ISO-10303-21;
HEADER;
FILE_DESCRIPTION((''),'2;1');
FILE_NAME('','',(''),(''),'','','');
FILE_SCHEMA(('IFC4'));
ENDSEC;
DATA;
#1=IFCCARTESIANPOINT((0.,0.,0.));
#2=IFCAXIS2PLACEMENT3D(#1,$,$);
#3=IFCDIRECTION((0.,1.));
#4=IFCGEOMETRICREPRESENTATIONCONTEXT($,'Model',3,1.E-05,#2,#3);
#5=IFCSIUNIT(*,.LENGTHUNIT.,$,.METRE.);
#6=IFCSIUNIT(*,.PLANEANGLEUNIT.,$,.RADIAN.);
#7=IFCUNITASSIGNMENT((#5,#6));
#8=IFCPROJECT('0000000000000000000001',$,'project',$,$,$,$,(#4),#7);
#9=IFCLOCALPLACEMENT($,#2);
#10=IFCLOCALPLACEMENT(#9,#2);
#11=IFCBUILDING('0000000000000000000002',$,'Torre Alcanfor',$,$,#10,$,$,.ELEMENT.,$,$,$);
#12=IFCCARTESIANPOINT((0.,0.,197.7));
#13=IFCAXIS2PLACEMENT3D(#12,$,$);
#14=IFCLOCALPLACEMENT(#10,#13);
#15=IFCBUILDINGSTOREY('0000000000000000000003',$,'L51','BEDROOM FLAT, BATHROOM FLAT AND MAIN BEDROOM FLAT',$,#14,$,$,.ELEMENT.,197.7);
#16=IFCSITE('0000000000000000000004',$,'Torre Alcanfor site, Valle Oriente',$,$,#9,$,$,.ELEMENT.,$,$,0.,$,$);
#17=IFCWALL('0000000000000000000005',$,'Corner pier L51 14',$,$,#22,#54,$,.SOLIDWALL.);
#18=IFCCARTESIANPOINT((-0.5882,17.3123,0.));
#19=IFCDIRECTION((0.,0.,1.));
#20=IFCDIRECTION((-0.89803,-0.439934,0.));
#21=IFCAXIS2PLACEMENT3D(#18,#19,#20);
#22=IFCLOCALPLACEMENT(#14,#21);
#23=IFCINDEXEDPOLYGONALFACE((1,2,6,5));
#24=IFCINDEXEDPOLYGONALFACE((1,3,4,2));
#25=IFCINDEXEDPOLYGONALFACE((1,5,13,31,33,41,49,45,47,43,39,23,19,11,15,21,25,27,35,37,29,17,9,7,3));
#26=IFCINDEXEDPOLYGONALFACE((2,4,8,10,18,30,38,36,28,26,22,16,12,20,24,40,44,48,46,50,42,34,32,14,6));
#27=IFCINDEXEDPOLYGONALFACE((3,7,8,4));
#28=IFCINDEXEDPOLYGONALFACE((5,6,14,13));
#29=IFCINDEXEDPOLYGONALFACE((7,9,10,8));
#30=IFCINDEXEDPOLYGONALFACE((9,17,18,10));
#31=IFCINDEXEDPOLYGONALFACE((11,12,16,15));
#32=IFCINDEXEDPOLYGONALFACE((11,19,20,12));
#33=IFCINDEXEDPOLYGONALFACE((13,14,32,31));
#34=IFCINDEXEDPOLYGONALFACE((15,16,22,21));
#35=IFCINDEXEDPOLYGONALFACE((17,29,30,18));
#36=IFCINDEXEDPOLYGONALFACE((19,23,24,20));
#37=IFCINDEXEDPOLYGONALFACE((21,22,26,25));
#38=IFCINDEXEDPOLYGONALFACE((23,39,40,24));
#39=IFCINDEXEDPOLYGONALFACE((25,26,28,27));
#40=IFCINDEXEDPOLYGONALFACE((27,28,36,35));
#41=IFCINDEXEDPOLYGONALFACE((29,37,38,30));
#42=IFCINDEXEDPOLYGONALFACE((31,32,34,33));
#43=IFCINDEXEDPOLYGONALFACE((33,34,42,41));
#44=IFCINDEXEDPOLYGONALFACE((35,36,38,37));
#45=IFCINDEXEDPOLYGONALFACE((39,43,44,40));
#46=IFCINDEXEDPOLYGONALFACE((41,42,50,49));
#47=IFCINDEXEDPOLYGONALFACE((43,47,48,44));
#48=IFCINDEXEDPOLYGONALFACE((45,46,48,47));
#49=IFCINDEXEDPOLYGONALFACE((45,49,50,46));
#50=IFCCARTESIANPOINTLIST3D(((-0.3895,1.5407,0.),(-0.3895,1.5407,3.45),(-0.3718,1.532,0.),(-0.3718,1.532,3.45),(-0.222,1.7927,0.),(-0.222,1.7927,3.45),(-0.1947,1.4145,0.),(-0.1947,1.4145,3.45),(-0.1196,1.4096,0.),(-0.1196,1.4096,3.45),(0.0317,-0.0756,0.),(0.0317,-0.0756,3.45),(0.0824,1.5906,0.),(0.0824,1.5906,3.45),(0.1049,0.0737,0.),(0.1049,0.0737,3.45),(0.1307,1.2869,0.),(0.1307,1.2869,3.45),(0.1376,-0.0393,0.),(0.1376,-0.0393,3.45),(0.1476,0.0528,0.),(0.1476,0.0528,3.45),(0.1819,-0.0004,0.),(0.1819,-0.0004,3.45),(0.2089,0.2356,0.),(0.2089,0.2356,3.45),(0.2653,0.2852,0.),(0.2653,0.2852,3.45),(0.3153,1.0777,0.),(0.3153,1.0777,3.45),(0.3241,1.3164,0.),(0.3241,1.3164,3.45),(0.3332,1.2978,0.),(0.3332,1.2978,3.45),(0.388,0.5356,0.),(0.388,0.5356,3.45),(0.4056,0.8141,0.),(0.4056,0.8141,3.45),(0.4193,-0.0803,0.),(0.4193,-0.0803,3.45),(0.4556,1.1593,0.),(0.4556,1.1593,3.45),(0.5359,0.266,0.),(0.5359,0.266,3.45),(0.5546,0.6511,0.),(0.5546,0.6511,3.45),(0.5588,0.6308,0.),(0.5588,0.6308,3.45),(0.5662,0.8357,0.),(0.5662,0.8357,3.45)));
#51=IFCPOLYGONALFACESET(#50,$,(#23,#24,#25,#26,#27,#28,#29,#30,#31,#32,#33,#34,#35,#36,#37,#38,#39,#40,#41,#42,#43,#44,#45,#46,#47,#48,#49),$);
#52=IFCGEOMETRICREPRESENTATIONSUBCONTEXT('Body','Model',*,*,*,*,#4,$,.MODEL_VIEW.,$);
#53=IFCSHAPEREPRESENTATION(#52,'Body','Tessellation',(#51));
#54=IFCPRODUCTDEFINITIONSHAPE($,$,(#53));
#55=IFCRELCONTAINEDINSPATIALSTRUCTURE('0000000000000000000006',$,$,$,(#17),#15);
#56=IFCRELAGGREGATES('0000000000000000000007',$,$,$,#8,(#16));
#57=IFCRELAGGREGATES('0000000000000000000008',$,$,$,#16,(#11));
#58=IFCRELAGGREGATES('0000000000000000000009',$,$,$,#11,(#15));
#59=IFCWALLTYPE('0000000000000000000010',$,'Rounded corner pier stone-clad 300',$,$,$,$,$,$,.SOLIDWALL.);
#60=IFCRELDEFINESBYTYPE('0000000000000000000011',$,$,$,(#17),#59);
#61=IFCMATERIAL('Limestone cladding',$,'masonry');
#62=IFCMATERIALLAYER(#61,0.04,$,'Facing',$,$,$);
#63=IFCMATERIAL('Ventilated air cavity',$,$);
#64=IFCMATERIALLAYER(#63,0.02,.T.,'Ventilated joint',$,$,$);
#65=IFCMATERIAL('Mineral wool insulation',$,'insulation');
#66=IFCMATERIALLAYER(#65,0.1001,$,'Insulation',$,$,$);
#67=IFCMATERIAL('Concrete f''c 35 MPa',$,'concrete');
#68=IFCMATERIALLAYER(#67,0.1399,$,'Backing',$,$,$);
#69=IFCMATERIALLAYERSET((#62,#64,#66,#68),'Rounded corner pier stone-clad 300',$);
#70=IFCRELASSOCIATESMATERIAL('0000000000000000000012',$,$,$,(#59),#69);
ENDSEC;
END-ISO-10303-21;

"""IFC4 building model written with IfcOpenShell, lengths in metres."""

from ifc_helpers import new_model, si_unit, direction, frame, origin, place, context, subcontext, project, spatial, polyline, outline, extrude, material, layer, layer_set, type_object, element, save


model = new_model("IFC4")

# Units and contexts
model_context = context("Model", 3, precision=1e-05, world=origin(), true_north=direction((0.0, 1.0)))
body_context = subcontext(model_context, "Body", "Model", "MODEL_VIEW")
ifc_project = project(units=[si_unit("LENGTHUNIT", "METRE"), si_unit("PLANEANGLEUNIT", "RADIAN")], contexts=[model_context])

# Site, building, storey
site_placement = place(None, origin())
site = spatial("IfcSite", under=ifc_project, at=site_placement, Name="Torre Alcanfor site, Valle Oriente", CompositionType="ELEMENT", RefElevation=0.0)
building_placement = place(site_placement, origin())
building = spatial("IfcBuilding", under=site, at=building_placement, Name="Torre Alcanfor", CompositionType="ELEMENT")
storey_placement = place(building_placement, frame((0.0, 0.0, 197.7)))
storey = spatial("IfcBuildingStorey", under=building, at=storey_placement, Name="L51", Description="BEDROOM FLAT, BATHROOM FLAT AND MAIN BEDROOM FLAT", CompositionType="ELEMENT", Elevation=197.7)

# Shared definitions
ifc_material_1 = material(Name="Limestone cladding", Category="masonry")
ifc_material_2 = material(Name="Ventilated air cavity")
ifc_material_3 = material(Name="Mineral wool insulation", Category="insulation")
ifc_material_4 = material(Name="Concrete f'c 35 MPa", Category="concrete")

# Wall
ifc_layer_1 = layer(ifc_material_1, 0.04, Name="Facing")
ifc_layer_2 = layer(ifc_material_2, 0.02, ventilated=True, Name="Ventilated joint")
ifc_layer_3 = layer(ifc_material_3, 0.1001, Name="Insulation")
ifc_layer_4 = layer(ifc_material_4, 0.1399, Name="Backing")
ifc_layer_set_1 = layer_set([ifc_layer_1, ifc_layer_2, ifc_layer_3, ifc_layer_4], Name="Rounded corner pier stone-clad 300")
wall_type_1 = type_object("IfcWallType", Name="Rounded corner pier stone-clad 300", PredefinedType="SOLIDWALL", material=ifc_layer_set_1)
wall_1_placement = place(storey_placement, frame((-0.5882, 17.3123, 0.0), z_axis=(0.0, 0.0, 1.0), x_axis=(-0.89803, -0.439934, 0.0)))
element("IfcWall", 1, at=wall_1_placement, inside=storey, type_object=wall_type_1, Name="Corner pier L51 14", PredefinedType="SOLIDWALL", context=body_context, shape_type="SweptSolid", body=[
    extrude(outline(polyline([(-0.222, 1.7927), (-0.3895, 1.5407), (-0.3718, 1.532), (-0.1947, 1.4145), (-0.1196, 1.4096), (0.1307, 1.2869), (0.3153, 1.0777), (0.4056, 0.8141), (0.388, 0.5356), (0.2653, 0.2852), (0.2089, 0.2356), (0.1476, 0.0528), (0.1049, 0.0737), (0.0317, -0.0756), (0.1376, -0.0393), (0.1819, -0.0004), (0.4193, -0.0803), (0.5359, 0.266), (0.5588, 0.6308), (0.5546, 0.6511), (0.5662, 0.8357), (0.4556, 1.1593), (0.3332, 1.2978), (0.3241, 1.3164), (0.0824, 1.5906), (-0.222, 1.7927)])), origin(), (0.0, 0.0, 1.0), 3.45),
])

save(model, "model.ifc")
